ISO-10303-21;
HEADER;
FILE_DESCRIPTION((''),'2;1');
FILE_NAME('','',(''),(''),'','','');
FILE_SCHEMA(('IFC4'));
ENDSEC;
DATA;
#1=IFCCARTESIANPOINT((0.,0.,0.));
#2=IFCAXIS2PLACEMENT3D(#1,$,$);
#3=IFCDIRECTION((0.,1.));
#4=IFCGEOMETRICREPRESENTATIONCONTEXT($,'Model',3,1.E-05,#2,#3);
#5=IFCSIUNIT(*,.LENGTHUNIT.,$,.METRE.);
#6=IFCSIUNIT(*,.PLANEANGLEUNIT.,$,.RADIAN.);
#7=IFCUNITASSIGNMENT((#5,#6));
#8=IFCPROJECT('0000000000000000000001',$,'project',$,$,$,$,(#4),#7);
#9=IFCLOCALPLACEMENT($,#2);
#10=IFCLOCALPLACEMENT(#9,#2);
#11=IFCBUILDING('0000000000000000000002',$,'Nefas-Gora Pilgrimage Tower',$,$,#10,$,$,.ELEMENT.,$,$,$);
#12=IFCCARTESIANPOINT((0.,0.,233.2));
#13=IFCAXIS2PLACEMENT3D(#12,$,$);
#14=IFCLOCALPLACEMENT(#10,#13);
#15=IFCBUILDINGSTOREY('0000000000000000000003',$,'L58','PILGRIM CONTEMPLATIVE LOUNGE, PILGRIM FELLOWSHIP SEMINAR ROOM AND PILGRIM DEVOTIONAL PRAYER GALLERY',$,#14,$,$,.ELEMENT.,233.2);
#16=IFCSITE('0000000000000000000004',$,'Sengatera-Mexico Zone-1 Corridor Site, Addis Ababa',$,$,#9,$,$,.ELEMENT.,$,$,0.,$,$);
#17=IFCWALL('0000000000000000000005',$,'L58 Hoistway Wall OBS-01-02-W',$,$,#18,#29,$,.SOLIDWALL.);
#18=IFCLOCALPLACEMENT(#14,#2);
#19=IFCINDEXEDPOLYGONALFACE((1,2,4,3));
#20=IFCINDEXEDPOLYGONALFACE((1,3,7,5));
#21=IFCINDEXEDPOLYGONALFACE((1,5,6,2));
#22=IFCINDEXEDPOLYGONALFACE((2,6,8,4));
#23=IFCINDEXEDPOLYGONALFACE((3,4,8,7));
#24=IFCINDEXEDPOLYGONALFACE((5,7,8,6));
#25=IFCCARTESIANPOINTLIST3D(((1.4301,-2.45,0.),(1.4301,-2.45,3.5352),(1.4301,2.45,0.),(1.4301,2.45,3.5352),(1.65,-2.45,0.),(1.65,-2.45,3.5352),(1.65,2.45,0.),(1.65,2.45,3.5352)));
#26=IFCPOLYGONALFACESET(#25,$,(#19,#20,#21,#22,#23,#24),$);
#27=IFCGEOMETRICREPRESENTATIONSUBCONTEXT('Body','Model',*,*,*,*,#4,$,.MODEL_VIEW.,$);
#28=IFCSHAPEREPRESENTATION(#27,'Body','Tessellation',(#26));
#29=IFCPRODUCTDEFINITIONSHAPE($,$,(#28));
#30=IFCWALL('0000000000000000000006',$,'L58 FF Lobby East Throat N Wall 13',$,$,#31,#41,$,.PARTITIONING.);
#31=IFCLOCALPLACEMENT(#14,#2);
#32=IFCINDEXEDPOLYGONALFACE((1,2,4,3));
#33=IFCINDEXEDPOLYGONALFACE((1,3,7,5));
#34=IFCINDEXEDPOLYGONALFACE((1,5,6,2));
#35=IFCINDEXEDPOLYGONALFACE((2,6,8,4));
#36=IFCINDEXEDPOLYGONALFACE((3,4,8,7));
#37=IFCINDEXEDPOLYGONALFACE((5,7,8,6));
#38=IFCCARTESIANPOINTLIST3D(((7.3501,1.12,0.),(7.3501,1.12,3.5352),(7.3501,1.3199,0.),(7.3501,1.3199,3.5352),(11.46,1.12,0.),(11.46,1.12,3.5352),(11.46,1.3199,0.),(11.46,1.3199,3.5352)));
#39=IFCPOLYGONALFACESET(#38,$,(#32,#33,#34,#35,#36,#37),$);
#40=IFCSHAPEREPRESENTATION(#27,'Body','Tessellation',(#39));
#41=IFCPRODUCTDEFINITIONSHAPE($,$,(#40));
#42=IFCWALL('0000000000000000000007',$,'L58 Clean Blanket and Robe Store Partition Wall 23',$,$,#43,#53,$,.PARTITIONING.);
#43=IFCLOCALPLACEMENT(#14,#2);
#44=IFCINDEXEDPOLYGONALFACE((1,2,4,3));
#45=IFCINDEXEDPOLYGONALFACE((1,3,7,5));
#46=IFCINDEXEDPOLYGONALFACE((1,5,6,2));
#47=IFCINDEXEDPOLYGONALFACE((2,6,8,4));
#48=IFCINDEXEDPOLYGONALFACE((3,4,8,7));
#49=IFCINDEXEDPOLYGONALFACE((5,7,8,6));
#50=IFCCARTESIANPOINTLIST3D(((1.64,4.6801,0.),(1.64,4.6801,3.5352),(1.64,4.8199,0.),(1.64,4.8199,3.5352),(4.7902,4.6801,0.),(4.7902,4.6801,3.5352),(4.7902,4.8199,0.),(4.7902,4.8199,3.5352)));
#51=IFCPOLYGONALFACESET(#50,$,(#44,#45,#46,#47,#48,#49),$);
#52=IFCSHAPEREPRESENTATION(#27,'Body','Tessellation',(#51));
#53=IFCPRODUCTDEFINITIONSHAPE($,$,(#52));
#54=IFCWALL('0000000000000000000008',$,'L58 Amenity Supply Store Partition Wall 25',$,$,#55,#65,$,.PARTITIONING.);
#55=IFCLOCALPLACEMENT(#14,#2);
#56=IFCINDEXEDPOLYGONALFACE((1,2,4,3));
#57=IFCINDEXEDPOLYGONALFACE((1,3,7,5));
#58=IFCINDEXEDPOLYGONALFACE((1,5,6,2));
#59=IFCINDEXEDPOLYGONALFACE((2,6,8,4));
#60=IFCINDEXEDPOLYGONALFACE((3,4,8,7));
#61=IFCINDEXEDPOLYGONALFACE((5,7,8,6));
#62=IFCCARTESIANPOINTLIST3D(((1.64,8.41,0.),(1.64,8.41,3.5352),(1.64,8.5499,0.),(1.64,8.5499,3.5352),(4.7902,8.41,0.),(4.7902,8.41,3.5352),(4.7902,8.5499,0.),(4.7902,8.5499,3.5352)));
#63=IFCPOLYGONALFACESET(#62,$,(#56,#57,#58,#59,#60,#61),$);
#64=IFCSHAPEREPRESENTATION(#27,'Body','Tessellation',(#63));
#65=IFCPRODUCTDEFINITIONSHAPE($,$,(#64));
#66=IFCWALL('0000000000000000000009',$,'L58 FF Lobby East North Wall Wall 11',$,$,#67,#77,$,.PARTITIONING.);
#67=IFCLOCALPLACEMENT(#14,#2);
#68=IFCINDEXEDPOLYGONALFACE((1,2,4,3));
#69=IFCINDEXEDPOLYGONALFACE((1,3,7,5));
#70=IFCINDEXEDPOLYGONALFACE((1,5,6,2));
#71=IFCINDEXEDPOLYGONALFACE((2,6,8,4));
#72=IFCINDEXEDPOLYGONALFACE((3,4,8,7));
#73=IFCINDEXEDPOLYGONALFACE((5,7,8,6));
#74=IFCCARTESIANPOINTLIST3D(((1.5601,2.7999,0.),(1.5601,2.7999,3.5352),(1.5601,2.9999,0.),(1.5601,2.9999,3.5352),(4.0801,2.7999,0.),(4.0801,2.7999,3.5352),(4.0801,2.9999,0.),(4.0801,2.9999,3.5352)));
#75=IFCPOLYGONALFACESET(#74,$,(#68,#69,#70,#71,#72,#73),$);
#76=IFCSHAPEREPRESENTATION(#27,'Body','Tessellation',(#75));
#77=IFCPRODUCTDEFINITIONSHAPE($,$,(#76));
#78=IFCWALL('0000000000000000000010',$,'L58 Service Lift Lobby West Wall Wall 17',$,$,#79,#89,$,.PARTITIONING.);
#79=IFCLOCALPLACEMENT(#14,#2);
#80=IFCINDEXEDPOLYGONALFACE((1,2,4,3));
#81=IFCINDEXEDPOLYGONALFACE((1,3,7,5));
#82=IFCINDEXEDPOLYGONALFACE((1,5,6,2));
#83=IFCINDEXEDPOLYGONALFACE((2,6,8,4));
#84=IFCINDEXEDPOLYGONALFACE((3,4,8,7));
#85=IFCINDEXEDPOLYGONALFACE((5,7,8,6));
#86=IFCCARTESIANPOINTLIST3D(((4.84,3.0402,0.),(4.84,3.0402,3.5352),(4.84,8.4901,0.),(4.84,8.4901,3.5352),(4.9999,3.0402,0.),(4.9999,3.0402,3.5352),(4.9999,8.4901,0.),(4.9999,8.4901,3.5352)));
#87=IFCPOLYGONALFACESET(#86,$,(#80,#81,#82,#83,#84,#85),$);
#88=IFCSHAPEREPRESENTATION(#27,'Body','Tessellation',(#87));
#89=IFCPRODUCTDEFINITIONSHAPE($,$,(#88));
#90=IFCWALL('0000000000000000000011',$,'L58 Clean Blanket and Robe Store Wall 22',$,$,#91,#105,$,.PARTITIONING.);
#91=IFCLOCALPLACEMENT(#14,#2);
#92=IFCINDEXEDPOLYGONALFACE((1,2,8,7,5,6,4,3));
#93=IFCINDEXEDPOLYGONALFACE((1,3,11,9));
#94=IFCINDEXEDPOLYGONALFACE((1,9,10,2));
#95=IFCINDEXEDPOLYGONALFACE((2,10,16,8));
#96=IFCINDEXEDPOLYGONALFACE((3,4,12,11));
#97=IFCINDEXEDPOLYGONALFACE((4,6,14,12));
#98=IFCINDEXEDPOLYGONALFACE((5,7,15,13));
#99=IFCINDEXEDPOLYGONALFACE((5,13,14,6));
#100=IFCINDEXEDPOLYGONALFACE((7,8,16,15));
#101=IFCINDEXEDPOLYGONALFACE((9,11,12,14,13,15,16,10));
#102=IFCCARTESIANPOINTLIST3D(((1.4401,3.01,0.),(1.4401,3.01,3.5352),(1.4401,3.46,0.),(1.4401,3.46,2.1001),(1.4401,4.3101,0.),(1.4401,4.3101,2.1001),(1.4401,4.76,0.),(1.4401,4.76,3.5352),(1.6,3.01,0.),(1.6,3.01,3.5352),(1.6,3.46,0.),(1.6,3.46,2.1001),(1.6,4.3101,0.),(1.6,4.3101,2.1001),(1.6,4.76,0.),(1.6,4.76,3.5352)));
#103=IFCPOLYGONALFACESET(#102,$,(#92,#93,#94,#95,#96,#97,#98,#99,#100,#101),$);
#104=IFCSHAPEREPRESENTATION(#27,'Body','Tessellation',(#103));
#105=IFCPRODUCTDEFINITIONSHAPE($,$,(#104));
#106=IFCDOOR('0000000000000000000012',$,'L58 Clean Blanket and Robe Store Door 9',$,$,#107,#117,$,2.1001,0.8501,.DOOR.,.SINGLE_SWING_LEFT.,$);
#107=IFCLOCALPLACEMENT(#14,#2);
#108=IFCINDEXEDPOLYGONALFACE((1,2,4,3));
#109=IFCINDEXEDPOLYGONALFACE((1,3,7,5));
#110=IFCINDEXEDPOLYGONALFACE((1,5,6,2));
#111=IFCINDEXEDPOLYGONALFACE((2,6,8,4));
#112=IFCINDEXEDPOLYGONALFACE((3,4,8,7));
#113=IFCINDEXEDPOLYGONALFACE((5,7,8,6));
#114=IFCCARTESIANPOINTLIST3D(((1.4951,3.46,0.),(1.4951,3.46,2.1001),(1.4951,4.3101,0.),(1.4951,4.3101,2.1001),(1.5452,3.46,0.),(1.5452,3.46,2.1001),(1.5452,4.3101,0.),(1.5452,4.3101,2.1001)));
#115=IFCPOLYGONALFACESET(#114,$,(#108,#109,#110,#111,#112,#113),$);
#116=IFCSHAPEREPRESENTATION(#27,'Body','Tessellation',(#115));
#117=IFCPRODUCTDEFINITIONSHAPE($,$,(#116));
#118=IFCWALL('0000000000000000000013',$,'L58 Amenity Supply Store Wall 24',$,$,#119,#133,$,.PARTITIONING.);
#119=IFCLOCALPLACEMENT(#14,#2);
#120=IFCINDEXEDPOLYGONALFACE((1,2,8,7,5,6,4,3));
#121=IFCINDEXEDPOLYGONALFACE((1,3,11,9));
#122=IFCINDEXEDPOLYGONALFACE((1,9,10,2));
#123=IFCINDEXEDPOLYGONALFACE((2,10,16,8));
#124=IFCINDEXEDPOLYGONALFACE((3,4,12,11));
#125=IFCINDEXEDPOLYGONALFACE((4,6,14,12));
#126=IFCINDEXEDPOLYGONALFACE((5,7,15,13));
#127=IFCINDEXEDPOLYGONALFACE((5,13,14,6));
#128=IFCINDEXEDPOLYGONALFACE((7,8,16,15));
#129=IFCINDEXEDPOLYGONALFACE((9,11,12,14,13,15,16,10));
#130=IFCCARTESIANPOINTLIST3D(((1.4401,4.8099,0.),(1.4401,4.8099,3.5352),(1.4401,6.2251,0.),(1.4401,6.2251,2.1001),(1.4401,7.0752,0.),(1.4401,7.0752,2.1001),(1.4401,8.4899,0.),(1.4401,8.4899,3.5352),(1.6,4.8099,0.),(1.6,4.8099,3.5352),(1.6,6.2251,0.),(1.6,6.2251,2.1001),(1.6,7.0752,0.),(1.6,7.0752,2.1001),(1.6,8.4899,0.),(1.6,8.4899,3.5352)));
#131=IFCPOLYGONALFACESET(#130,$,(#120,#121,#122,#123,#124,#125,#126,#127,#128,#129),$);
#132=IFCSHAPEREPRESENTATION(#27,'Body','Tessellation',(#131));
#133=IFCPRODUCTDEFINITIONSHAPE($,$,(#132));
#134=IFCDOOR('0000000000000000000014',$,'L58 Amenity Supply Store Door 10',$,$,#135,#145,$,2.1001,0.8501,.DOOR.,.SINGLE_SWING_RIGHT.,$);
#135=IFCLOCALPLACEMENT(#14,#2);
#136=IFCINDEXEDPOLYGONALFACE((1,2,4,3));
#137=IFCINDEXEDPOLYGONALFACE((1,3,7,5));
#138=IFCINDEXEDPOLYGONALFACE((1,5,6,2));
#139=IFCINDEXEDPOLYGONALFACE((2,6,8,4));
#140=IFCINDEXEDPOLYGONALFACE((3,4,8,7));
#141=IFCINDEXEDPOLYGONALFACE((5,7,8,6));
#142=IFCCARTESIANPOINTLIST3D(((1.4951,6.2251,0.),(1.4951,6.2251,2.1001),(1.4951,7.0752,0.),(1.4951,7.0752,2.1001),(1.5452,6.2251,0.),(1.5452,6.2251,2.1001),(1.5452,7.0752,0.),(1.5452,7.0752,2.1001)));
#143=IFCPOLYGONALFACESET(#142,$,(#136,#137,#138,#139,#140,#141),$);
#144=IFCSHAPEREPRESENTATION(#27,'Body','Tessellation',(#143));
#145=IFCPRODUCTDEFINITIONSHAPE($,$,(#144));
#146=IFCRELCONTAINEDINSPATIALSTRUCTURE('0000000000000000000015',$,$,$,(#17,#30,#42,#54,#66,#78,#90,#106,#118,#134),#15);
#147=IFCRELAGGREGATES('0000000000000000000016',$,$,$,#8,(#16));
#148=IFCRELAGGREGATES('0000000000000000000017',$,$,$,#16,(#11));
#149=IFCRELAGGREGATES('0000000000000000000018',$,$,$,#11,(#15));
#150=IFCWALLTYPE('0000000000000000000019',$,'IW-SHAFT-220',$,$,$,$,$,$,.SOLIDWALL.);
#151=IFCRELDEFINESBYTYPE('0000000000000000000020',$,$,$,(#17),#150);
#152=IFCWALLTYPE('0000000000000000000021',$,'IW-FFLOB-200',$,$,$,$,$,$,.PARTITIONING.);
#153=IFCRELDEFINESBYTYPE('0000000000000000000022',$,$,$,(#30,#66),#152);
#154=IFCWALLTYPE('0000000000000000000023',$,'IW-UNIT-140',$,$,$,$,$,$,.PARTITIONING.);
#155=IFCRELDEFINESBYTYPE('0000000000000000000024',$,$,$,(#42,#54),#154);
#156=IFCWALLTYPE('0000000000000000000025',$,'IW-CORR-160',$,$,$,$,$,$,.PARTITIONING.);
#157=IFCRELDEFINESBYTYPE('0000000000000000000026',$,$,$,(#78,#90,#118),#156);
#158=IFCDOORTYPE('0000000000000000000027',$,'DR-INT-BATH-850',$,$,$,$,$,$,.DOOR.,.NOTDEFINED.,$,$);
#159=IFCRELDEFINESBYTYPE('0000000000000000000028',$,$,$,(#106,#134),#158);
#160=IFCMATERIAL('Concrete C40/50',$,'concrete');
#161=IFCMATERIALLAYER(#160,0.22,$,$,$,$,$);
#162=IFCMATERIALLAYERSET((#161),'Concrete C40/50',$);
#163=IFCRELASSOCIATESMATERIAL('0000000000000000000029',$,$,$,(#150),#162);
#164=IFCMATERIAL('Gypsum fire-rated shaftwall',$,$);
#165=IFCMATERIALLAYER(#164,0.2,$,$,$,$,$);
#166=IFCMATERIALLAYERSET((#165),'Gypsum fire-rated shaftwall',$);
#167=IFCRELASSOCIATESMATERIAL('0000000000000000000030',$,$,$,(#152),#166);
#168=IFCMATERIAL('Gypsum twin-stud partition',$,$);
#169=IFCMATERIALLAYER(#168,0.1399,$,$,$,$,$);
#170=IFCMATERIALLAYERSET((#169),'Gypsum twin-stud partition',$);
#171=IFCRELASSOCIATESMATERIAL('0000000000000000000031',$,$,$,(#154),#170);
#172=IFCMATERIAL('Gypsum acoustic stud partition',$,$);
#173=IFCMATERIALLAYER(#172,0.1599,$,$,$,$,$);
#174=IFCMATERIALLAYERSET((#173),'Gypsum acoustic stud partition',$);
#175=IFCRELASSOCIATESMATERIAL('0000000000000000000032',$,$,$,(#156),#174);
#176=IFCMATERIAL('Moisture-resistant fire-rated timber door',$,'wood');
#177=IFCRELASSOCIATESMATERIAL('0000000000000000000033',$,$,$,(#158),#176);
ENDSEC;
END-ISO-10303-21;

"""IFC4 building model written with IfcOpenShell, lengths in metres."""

from ifc_helpers import new_model, si_unit, direction, frame, frame_2d, origin, place, context, subcontext, project, spatial, rectangle, extrude, source, transform, mapped, material, layer, layer_set, type_object, element, fill, save


model = new_model("IFC4")

# Units and contexts
model_context = context("Model", 3, precision=1e-05, world=origin(), true_north=direction((0.0, 1.0)))
body_context = subcontext(model_context, "Body", "Model", "MODEL_VIEW")
ifc_project = project(units=[si_unit("LENGTHUNIT", "METRE"), si_unit("PLANEANGLEUNIT", "RADIAN")], contexts=[model_context])

# Site, building, storey
site_placement = place(None, origin())
site = spatial("IfcSite", under=ifc_project, at=site_placement, Name="Sengatera-Mexico Zone-1 Corridor Site, Addis Ababa", CompositionType="ELEMENT", RefElevation=0.0)
building_placement = place(site_placement, origin())
building = spatial("IfcBuilding", under=site, at=building_placement, Name="Nefas-Gora Pilgrimage Tower", CompositionType="ELEMENT")
storey_placement = place(building_placement, frame((0.0, 0.0, 233.2)))
storey = spatial("IfcBuildingStorey", under=building, at=storey_placement, Name="L58", Description="PILGRIM CONTEMPLATIVE LOUNGE, PILGRIM FELLOWSHIP SEMINAR ROOM AND PILGRIM DEVOTIONAL PRAYER GALLERY", CompositionType="ELEMENT", Elevation=233.2)

# Shared definitions
ifc_material_1 = material(Name="Concrete C40/50", Category="concrete")

# Shared definitions
ifc_layer_1 = layer(ifc_material_1, 0.22)
ifc_layer_set_1 = layer_set([ifc_layer_1], Name="Concrete C40/50")
wall_type_1 = type_object("IfcWallType", Name="IW-SHAFT-220", PredefinedType="SOLIDWALL", material=ifc_layer_set_1)

# Wall
shared_shape_1 = source(origin(), body_context, "Body", "SweptSolid", [
    extrude(rectangle(XDim=4.8999, YDim=0.22, at=frame_2d((2.45, 0.0))), origin(), (0.0, 0.0, 1.0), 3.5352),
])
wall_1_placement = place(storey_placement, frame((1.54, 2.45, 0.0), z_axis=(0.0, 0.0, 1.0), x_axis=(0.0, -1.0, 0.0)))
element("IfcWall", 1, at=wall_1_placement, inside=storey, type_object=wall_type_1, Name="L58 Hoistway Wall OBS-01-02-W", PredefinedType="SOLIDWALL", context=body_context, shape_type="MappedRepresentation", body=[
    mapped(shared_shape_1, transform((0.0, 0.0, 0.0), x_axis=(1.0, 0.0, 0.0), y_axis=(0.0, 1.0, 0.0), z_axis=(0.0, 0.0, 1.0), scale=1.0)),
])

# Shared definitions
ifc_material_2 = material(Name="Gypsum fire-rated shaftwall")
ifc_layer_2 = layer(ifc_material_2, 0.2)
ifc_layer_set_2 = layer_set([ifc_layer_2], Name="Gypsum fire-rated shaftwall")
wall_type_2 = type_object("IfcWallType", Name="IW-FFLOB-200", PredefinedType="PARTITIONING", material=ifc_layer_set_2)

# Walls
shared_shape_2 = source(origin(), body_context, "Body", "SweptSolid", [
    extrude(rectangle(XDim=4.1099, YDim=0.2, at=frame_2d((2.0549, 0.0))), origin(), (0.0, 0.0, 1.0), 3.5352),
])
wall_2_placement = place(storey_placement, frame((7.3501, 1.22, 0.0), z_axis=(0.0, 0.0, 1.0), x_axis=(1.0, 0.0, 0.0)))
element("IfcWall", 2, at=wall_2_placement, inside=storey, type_object=wall_type_2, Name="L58 FF Lobby East Throat N Wall 13", PredefinedType="PARTITIONING", context=body_context, shape_type="MappedRepresentation", body=[
    mapped(shared_shape_2, transform((0.0, 0.0, 0.0), x_axis=(1.0, 0.0, 0.0), y_axis=(0.0, 1.0, 0.0), z_axis=(0.0, 0.0, 1.0), scale=1.0)),
])
ifc_material_3 = material(Name="Gypsum twin-stud partition")
ifc_layer_3 = layer(ifc_material_3, 0.1399)
ifc_layer_set_3 = layer_set([ifc_layer_3], Name="Gypsum twin-stud partition")
wall_type_3 = type_object("IfcWallType", Name="IW-UNIT-140", PredefinedType="PARTITIONING", material=ifc_layer_set_3)
shared_shape_3 = source(origin(), body_context, "Body", "SweptSolid", [
    extrude(rectangle(XDim=3.1501, YDim=0.1399, at=frame_2d((1.5752, 0.0))), origin(), (0.0, 0.0, 1.0), 3.5352),
])
for number, where, z_axis, x_axis, name in (
    (3, (1.6399, 4.75, 0.0), (0.0, 0.0, 1.0), (1.0, 0.0, 0.0), "L58 Clean Blanket and Robe Store Partition Wall 23"),
    (4, (1.6399, 8.48, 0.0), (0.0, 0.0, 1.0), (1.0, 0.0, 0.0), "L58 Amenity Supply Store Partition Wall 25"),
):
    element("IfcWall", number, at=place(storey_placement, frame(where, z_axis=z_axis, x_axis=x_axis)), inside=storey, type_object=wall_type_3, Name=name, PredefinedType="PARTITIONING", context=body_context, shape_type="MappedRepresentation", body=[
        mapped(shared_shape_3, transform((0.0, 0.0, 0.0), x_axis=(1.0, 0.0, 0.0), y_axis=(0.0, 1.0, 0.0), z_axis=(0.0, 0.0, 1.0), scale=1.0)),
    ])
shared_shape_4 = source(origin(), body_context, "Body", "SweptSolid", [
    extrude(rectangle(XDim=2.52, YDim=0.2, at=frame_2d((1.26, 0.0))), origin(), (0.0, 0.0, 1.0), 3.5352),
])
wall_3_placement = place(storey_placement, frame((1.5601, 2.8999, 0.0), z_axis=(0.0, 0.0, 1.0), x_axis=(1.0, 0.0, 0.0)))
element("IfcWall", 5, at=wall_3_placement, inside=storey, type_object=wall_type_2, Name="L58 FF Lobby East North Wall Wall 11", PredefinedType="PARTITIONING", context=body_context, shape_type="MappedRepresentation", body=[
    mapped(shared_shape_4, transform((0.0, 0.0, 0.0), x_axis=(1.0, 0.0, 0.0), y_axis=(0.0, 1.0, 0.0), z_axis=(0.0, 0.0, 1.0), scale=1.0)),
])
ifc_material_4 = material(Name="Gypsum acoustic stud partition")
ifc_layer_4 = layer(ifc_material_4, 0.1599)
ifc_layer_set_4 = layer_set([ifc_layer_4], Name="Gypsum acoustic stud partition")
wall_type_4 = type_object("IfcWallType", Name="IW-CORR-160", PredefinedType="PARTITIONING", material=ifc_layer_set_4)
shared_shape_5 = source(origin(), body_context, "Body", "SweptSolid", [
    extrude(rectangle(XDim=5.45, YDim=0.1599, at=frame_2d((2.7251, 0.0))), origin(), (0.0, 0.0, 1.0), 3.5352),
])
wall_4_placement = place(storey_placement, frame((4.9199, 3.04, 0.0), z_axis=(0.0, 0.0, 1.0), x_axis=(0.0, 1.0, 0.0)))
element("IfcWall", 6, at=wall_4_placement, inside=storey, type_object=wall_type_4, Name="L58 Service Lift Lobby West Wall Wall 17", PredefinedType="PARTITIONING", context=body_context, shape_type="MappedRepresentation", body=[
    mapped(shared_shape_5, transform((0.0, 0.0, 0.0), x_axis=(1.0, 0.0, 0.0), y_axis=(0.0, 1.0, 0.0), z_axis=(0.0, 0.0, 1.0), scale=1.0)),
])

# Walls, openings, doors
shared_shape_6 = source(origin(), body_context, "Body", "SweptSolid", [
    extrude(rectangle(XDim=1.75, YDim=0.1599, at=frame_2d((0.875, 0.0))), origin(), (0.0, 0.0, 1.0), 3.5352),
])
wall_5_placement = place(storey_placement, frame((1.52, 3.01, 0.0), z_axis=(0.0, 0.0, 1.0), x_axis=(0.0, 1.0, 0.0)))
wall_5 = element("IfcWall", 7, at=wall_5_placement, inside=storey, type_object=wall_type_4, Name="L58 Clean Blanket and Robe Store Wall 22", PredefinedType="PARTITIONING", context=body_context, shape_type="MappedRepresentation", body=[
    mapped(shared_shape_6, transform((0.0, 0.0, 0.0), x_axis=(1.0, 0.0, 0.0), y_axis=(0.0, 1.0, 0.0), z_axis=(0.0, 0.0, 1.0), scale=1.0)),
])
opening_1_placement = place(wall_5_placement, frame((0.45, 0.0, 0.0)))
opening_1 = element("IfcOpeningElement", 8, at=opening_1_placement, cuts=wall_5, PredefinedType="OPENING", context=body_context, shape_type="SweptSolid", body=[
    extrude(rectangle(XDim=0.8501, YDim=2.1001, at=frame_2d((0.425, 1.05))), frame((0.0, 0.0898, 0.0), z_axis=(0.0, -1.0, 0.0), x_axis=(1.0, 0.0, 0.0)), (0.0, 0.0, 1.0), 0.1799),
])
ifc_material_5 = material(Name="Moisture-resistant fire-rated timber door", Category="wood")
door_type_1 = type_object("IfcDoorType", Name="DR-INT-BATH-850", OperationType="NOTDEFINED", PredefinedType="DOOR", material=ifc_material_5)
shared_shape_7 = source(origin(), body_context, "Body", "SweptSolid", [
    extrude(rectangle(XDim=0.8501, YDim=2.1001, at=frame_2d((0.425, 1.05))), frame((0.0, 0.0249, 0.0), z_axis=(0.0, -1.0, 0.0), x_axis=(1.0, 0.0, 0.0)), (0.0, 0.0, 1.0), 0.05),
])
door_1_placement = place(opening_1_placement, origin())
door_1 = element("IfcDoor", 9, at=door_1_placement, inside=storey, type_object=door_type_1, Name="L58 Clean Blanket and Robe Store Door 9", OperationType="SINGLE_SWING_LEFT", OverallHeight=2.1001, OverallWidth=0.8501, PredefinedType="DOOR", context=body_context, shape_type="MappedRepresentation", body=[
    mapped(shared_shape_7, transform((0.0, 0.0, 0.0), x_axis=(1.0, 0.0, 0.0), y_axis=(0.0, 1.0, 0.0), z_axis=(0.0, 0.0, 1.0), scale=1.0)),
])
fill(opening_1, door_1)
shared_shape_8 = source(origin(), body_context, "Body", "SweptSolid", [
    extrude(rectangle(XDim=3.6799, YDim=0.1599, at=frame_2d((1.8398, 0.0))), origin(), (0.0, 0.0, 1.0), 3.5352),
])
wall_6_placement = place(storey_placement, frame((1.52, 4.8101, 0.0), z_axis=(0.0, 0.0, 1.0), x_axis=(0.0, 1.0, 0.0)))
wall_6 = element("IfcWall", 10, at=wall_6_placement, inside=storey, type_object=wall_type_4, Name="L58 Amenity Supply Store Wall 24", PredefinedType="PARTITIONING", context=body_context, shape_type="MappedRepresentation", body=[
    mapped(shared_shape_8, transform((0.0, 0.0, 0.0), x_axis=(1.0, 0.0, 0.0), y_axis=(0.0, 1.0, 0.0), z_axis=(0.0, 0.0, 1.0), scale=1.0)),
])
opening_2_placement = place(wall_6_placement, frame((1.415, 0.0, 0.0)))
opening_2 = element("IfcOpeningElement", 11, at=opening_2_placement, cuts=wall_6, PredefinedType="OPENING", context=body_context, shape_type="SweptSolid", body=[
    extrude(rectangle(XDim=0.8501, YDim=2.1001, at=frame_2d((0.425, 1.05))), frame((0.0, 0.0898, 0.0), z_axis=(0.0, -1.0, 0.0), x_axis=(1.0, 0.0, 0.0)), (0.0, 0.0, 1.0), 0.1799),
])
door_2_placement = place(opening_2_placement, origin())
door_2 = element("IfcDoor", 12, at=door_2_placement, inside=storey, type_object=door_type_1, Name="L58 Amenity Supply Store Door 10", OperationType="SINGLE_SWING_RIGHT", OverallHeight=2.1001, OverallWidth=0.8501, PredefinedType="DOOR", context=body_context, shape_type="MappedRepresentation", body=[
    mapped(shared_shape_7, transform((0.0, 0.0, 0.0), x_axis=(1.0, 0.0, 0.0), y_axis=(0.0, 1.0, 0.0), z_axis=(0.0, 0.0, 1.0), scale=1.0)),
])
fill(opening_2, door_2)

save(model, "model.ifc")
